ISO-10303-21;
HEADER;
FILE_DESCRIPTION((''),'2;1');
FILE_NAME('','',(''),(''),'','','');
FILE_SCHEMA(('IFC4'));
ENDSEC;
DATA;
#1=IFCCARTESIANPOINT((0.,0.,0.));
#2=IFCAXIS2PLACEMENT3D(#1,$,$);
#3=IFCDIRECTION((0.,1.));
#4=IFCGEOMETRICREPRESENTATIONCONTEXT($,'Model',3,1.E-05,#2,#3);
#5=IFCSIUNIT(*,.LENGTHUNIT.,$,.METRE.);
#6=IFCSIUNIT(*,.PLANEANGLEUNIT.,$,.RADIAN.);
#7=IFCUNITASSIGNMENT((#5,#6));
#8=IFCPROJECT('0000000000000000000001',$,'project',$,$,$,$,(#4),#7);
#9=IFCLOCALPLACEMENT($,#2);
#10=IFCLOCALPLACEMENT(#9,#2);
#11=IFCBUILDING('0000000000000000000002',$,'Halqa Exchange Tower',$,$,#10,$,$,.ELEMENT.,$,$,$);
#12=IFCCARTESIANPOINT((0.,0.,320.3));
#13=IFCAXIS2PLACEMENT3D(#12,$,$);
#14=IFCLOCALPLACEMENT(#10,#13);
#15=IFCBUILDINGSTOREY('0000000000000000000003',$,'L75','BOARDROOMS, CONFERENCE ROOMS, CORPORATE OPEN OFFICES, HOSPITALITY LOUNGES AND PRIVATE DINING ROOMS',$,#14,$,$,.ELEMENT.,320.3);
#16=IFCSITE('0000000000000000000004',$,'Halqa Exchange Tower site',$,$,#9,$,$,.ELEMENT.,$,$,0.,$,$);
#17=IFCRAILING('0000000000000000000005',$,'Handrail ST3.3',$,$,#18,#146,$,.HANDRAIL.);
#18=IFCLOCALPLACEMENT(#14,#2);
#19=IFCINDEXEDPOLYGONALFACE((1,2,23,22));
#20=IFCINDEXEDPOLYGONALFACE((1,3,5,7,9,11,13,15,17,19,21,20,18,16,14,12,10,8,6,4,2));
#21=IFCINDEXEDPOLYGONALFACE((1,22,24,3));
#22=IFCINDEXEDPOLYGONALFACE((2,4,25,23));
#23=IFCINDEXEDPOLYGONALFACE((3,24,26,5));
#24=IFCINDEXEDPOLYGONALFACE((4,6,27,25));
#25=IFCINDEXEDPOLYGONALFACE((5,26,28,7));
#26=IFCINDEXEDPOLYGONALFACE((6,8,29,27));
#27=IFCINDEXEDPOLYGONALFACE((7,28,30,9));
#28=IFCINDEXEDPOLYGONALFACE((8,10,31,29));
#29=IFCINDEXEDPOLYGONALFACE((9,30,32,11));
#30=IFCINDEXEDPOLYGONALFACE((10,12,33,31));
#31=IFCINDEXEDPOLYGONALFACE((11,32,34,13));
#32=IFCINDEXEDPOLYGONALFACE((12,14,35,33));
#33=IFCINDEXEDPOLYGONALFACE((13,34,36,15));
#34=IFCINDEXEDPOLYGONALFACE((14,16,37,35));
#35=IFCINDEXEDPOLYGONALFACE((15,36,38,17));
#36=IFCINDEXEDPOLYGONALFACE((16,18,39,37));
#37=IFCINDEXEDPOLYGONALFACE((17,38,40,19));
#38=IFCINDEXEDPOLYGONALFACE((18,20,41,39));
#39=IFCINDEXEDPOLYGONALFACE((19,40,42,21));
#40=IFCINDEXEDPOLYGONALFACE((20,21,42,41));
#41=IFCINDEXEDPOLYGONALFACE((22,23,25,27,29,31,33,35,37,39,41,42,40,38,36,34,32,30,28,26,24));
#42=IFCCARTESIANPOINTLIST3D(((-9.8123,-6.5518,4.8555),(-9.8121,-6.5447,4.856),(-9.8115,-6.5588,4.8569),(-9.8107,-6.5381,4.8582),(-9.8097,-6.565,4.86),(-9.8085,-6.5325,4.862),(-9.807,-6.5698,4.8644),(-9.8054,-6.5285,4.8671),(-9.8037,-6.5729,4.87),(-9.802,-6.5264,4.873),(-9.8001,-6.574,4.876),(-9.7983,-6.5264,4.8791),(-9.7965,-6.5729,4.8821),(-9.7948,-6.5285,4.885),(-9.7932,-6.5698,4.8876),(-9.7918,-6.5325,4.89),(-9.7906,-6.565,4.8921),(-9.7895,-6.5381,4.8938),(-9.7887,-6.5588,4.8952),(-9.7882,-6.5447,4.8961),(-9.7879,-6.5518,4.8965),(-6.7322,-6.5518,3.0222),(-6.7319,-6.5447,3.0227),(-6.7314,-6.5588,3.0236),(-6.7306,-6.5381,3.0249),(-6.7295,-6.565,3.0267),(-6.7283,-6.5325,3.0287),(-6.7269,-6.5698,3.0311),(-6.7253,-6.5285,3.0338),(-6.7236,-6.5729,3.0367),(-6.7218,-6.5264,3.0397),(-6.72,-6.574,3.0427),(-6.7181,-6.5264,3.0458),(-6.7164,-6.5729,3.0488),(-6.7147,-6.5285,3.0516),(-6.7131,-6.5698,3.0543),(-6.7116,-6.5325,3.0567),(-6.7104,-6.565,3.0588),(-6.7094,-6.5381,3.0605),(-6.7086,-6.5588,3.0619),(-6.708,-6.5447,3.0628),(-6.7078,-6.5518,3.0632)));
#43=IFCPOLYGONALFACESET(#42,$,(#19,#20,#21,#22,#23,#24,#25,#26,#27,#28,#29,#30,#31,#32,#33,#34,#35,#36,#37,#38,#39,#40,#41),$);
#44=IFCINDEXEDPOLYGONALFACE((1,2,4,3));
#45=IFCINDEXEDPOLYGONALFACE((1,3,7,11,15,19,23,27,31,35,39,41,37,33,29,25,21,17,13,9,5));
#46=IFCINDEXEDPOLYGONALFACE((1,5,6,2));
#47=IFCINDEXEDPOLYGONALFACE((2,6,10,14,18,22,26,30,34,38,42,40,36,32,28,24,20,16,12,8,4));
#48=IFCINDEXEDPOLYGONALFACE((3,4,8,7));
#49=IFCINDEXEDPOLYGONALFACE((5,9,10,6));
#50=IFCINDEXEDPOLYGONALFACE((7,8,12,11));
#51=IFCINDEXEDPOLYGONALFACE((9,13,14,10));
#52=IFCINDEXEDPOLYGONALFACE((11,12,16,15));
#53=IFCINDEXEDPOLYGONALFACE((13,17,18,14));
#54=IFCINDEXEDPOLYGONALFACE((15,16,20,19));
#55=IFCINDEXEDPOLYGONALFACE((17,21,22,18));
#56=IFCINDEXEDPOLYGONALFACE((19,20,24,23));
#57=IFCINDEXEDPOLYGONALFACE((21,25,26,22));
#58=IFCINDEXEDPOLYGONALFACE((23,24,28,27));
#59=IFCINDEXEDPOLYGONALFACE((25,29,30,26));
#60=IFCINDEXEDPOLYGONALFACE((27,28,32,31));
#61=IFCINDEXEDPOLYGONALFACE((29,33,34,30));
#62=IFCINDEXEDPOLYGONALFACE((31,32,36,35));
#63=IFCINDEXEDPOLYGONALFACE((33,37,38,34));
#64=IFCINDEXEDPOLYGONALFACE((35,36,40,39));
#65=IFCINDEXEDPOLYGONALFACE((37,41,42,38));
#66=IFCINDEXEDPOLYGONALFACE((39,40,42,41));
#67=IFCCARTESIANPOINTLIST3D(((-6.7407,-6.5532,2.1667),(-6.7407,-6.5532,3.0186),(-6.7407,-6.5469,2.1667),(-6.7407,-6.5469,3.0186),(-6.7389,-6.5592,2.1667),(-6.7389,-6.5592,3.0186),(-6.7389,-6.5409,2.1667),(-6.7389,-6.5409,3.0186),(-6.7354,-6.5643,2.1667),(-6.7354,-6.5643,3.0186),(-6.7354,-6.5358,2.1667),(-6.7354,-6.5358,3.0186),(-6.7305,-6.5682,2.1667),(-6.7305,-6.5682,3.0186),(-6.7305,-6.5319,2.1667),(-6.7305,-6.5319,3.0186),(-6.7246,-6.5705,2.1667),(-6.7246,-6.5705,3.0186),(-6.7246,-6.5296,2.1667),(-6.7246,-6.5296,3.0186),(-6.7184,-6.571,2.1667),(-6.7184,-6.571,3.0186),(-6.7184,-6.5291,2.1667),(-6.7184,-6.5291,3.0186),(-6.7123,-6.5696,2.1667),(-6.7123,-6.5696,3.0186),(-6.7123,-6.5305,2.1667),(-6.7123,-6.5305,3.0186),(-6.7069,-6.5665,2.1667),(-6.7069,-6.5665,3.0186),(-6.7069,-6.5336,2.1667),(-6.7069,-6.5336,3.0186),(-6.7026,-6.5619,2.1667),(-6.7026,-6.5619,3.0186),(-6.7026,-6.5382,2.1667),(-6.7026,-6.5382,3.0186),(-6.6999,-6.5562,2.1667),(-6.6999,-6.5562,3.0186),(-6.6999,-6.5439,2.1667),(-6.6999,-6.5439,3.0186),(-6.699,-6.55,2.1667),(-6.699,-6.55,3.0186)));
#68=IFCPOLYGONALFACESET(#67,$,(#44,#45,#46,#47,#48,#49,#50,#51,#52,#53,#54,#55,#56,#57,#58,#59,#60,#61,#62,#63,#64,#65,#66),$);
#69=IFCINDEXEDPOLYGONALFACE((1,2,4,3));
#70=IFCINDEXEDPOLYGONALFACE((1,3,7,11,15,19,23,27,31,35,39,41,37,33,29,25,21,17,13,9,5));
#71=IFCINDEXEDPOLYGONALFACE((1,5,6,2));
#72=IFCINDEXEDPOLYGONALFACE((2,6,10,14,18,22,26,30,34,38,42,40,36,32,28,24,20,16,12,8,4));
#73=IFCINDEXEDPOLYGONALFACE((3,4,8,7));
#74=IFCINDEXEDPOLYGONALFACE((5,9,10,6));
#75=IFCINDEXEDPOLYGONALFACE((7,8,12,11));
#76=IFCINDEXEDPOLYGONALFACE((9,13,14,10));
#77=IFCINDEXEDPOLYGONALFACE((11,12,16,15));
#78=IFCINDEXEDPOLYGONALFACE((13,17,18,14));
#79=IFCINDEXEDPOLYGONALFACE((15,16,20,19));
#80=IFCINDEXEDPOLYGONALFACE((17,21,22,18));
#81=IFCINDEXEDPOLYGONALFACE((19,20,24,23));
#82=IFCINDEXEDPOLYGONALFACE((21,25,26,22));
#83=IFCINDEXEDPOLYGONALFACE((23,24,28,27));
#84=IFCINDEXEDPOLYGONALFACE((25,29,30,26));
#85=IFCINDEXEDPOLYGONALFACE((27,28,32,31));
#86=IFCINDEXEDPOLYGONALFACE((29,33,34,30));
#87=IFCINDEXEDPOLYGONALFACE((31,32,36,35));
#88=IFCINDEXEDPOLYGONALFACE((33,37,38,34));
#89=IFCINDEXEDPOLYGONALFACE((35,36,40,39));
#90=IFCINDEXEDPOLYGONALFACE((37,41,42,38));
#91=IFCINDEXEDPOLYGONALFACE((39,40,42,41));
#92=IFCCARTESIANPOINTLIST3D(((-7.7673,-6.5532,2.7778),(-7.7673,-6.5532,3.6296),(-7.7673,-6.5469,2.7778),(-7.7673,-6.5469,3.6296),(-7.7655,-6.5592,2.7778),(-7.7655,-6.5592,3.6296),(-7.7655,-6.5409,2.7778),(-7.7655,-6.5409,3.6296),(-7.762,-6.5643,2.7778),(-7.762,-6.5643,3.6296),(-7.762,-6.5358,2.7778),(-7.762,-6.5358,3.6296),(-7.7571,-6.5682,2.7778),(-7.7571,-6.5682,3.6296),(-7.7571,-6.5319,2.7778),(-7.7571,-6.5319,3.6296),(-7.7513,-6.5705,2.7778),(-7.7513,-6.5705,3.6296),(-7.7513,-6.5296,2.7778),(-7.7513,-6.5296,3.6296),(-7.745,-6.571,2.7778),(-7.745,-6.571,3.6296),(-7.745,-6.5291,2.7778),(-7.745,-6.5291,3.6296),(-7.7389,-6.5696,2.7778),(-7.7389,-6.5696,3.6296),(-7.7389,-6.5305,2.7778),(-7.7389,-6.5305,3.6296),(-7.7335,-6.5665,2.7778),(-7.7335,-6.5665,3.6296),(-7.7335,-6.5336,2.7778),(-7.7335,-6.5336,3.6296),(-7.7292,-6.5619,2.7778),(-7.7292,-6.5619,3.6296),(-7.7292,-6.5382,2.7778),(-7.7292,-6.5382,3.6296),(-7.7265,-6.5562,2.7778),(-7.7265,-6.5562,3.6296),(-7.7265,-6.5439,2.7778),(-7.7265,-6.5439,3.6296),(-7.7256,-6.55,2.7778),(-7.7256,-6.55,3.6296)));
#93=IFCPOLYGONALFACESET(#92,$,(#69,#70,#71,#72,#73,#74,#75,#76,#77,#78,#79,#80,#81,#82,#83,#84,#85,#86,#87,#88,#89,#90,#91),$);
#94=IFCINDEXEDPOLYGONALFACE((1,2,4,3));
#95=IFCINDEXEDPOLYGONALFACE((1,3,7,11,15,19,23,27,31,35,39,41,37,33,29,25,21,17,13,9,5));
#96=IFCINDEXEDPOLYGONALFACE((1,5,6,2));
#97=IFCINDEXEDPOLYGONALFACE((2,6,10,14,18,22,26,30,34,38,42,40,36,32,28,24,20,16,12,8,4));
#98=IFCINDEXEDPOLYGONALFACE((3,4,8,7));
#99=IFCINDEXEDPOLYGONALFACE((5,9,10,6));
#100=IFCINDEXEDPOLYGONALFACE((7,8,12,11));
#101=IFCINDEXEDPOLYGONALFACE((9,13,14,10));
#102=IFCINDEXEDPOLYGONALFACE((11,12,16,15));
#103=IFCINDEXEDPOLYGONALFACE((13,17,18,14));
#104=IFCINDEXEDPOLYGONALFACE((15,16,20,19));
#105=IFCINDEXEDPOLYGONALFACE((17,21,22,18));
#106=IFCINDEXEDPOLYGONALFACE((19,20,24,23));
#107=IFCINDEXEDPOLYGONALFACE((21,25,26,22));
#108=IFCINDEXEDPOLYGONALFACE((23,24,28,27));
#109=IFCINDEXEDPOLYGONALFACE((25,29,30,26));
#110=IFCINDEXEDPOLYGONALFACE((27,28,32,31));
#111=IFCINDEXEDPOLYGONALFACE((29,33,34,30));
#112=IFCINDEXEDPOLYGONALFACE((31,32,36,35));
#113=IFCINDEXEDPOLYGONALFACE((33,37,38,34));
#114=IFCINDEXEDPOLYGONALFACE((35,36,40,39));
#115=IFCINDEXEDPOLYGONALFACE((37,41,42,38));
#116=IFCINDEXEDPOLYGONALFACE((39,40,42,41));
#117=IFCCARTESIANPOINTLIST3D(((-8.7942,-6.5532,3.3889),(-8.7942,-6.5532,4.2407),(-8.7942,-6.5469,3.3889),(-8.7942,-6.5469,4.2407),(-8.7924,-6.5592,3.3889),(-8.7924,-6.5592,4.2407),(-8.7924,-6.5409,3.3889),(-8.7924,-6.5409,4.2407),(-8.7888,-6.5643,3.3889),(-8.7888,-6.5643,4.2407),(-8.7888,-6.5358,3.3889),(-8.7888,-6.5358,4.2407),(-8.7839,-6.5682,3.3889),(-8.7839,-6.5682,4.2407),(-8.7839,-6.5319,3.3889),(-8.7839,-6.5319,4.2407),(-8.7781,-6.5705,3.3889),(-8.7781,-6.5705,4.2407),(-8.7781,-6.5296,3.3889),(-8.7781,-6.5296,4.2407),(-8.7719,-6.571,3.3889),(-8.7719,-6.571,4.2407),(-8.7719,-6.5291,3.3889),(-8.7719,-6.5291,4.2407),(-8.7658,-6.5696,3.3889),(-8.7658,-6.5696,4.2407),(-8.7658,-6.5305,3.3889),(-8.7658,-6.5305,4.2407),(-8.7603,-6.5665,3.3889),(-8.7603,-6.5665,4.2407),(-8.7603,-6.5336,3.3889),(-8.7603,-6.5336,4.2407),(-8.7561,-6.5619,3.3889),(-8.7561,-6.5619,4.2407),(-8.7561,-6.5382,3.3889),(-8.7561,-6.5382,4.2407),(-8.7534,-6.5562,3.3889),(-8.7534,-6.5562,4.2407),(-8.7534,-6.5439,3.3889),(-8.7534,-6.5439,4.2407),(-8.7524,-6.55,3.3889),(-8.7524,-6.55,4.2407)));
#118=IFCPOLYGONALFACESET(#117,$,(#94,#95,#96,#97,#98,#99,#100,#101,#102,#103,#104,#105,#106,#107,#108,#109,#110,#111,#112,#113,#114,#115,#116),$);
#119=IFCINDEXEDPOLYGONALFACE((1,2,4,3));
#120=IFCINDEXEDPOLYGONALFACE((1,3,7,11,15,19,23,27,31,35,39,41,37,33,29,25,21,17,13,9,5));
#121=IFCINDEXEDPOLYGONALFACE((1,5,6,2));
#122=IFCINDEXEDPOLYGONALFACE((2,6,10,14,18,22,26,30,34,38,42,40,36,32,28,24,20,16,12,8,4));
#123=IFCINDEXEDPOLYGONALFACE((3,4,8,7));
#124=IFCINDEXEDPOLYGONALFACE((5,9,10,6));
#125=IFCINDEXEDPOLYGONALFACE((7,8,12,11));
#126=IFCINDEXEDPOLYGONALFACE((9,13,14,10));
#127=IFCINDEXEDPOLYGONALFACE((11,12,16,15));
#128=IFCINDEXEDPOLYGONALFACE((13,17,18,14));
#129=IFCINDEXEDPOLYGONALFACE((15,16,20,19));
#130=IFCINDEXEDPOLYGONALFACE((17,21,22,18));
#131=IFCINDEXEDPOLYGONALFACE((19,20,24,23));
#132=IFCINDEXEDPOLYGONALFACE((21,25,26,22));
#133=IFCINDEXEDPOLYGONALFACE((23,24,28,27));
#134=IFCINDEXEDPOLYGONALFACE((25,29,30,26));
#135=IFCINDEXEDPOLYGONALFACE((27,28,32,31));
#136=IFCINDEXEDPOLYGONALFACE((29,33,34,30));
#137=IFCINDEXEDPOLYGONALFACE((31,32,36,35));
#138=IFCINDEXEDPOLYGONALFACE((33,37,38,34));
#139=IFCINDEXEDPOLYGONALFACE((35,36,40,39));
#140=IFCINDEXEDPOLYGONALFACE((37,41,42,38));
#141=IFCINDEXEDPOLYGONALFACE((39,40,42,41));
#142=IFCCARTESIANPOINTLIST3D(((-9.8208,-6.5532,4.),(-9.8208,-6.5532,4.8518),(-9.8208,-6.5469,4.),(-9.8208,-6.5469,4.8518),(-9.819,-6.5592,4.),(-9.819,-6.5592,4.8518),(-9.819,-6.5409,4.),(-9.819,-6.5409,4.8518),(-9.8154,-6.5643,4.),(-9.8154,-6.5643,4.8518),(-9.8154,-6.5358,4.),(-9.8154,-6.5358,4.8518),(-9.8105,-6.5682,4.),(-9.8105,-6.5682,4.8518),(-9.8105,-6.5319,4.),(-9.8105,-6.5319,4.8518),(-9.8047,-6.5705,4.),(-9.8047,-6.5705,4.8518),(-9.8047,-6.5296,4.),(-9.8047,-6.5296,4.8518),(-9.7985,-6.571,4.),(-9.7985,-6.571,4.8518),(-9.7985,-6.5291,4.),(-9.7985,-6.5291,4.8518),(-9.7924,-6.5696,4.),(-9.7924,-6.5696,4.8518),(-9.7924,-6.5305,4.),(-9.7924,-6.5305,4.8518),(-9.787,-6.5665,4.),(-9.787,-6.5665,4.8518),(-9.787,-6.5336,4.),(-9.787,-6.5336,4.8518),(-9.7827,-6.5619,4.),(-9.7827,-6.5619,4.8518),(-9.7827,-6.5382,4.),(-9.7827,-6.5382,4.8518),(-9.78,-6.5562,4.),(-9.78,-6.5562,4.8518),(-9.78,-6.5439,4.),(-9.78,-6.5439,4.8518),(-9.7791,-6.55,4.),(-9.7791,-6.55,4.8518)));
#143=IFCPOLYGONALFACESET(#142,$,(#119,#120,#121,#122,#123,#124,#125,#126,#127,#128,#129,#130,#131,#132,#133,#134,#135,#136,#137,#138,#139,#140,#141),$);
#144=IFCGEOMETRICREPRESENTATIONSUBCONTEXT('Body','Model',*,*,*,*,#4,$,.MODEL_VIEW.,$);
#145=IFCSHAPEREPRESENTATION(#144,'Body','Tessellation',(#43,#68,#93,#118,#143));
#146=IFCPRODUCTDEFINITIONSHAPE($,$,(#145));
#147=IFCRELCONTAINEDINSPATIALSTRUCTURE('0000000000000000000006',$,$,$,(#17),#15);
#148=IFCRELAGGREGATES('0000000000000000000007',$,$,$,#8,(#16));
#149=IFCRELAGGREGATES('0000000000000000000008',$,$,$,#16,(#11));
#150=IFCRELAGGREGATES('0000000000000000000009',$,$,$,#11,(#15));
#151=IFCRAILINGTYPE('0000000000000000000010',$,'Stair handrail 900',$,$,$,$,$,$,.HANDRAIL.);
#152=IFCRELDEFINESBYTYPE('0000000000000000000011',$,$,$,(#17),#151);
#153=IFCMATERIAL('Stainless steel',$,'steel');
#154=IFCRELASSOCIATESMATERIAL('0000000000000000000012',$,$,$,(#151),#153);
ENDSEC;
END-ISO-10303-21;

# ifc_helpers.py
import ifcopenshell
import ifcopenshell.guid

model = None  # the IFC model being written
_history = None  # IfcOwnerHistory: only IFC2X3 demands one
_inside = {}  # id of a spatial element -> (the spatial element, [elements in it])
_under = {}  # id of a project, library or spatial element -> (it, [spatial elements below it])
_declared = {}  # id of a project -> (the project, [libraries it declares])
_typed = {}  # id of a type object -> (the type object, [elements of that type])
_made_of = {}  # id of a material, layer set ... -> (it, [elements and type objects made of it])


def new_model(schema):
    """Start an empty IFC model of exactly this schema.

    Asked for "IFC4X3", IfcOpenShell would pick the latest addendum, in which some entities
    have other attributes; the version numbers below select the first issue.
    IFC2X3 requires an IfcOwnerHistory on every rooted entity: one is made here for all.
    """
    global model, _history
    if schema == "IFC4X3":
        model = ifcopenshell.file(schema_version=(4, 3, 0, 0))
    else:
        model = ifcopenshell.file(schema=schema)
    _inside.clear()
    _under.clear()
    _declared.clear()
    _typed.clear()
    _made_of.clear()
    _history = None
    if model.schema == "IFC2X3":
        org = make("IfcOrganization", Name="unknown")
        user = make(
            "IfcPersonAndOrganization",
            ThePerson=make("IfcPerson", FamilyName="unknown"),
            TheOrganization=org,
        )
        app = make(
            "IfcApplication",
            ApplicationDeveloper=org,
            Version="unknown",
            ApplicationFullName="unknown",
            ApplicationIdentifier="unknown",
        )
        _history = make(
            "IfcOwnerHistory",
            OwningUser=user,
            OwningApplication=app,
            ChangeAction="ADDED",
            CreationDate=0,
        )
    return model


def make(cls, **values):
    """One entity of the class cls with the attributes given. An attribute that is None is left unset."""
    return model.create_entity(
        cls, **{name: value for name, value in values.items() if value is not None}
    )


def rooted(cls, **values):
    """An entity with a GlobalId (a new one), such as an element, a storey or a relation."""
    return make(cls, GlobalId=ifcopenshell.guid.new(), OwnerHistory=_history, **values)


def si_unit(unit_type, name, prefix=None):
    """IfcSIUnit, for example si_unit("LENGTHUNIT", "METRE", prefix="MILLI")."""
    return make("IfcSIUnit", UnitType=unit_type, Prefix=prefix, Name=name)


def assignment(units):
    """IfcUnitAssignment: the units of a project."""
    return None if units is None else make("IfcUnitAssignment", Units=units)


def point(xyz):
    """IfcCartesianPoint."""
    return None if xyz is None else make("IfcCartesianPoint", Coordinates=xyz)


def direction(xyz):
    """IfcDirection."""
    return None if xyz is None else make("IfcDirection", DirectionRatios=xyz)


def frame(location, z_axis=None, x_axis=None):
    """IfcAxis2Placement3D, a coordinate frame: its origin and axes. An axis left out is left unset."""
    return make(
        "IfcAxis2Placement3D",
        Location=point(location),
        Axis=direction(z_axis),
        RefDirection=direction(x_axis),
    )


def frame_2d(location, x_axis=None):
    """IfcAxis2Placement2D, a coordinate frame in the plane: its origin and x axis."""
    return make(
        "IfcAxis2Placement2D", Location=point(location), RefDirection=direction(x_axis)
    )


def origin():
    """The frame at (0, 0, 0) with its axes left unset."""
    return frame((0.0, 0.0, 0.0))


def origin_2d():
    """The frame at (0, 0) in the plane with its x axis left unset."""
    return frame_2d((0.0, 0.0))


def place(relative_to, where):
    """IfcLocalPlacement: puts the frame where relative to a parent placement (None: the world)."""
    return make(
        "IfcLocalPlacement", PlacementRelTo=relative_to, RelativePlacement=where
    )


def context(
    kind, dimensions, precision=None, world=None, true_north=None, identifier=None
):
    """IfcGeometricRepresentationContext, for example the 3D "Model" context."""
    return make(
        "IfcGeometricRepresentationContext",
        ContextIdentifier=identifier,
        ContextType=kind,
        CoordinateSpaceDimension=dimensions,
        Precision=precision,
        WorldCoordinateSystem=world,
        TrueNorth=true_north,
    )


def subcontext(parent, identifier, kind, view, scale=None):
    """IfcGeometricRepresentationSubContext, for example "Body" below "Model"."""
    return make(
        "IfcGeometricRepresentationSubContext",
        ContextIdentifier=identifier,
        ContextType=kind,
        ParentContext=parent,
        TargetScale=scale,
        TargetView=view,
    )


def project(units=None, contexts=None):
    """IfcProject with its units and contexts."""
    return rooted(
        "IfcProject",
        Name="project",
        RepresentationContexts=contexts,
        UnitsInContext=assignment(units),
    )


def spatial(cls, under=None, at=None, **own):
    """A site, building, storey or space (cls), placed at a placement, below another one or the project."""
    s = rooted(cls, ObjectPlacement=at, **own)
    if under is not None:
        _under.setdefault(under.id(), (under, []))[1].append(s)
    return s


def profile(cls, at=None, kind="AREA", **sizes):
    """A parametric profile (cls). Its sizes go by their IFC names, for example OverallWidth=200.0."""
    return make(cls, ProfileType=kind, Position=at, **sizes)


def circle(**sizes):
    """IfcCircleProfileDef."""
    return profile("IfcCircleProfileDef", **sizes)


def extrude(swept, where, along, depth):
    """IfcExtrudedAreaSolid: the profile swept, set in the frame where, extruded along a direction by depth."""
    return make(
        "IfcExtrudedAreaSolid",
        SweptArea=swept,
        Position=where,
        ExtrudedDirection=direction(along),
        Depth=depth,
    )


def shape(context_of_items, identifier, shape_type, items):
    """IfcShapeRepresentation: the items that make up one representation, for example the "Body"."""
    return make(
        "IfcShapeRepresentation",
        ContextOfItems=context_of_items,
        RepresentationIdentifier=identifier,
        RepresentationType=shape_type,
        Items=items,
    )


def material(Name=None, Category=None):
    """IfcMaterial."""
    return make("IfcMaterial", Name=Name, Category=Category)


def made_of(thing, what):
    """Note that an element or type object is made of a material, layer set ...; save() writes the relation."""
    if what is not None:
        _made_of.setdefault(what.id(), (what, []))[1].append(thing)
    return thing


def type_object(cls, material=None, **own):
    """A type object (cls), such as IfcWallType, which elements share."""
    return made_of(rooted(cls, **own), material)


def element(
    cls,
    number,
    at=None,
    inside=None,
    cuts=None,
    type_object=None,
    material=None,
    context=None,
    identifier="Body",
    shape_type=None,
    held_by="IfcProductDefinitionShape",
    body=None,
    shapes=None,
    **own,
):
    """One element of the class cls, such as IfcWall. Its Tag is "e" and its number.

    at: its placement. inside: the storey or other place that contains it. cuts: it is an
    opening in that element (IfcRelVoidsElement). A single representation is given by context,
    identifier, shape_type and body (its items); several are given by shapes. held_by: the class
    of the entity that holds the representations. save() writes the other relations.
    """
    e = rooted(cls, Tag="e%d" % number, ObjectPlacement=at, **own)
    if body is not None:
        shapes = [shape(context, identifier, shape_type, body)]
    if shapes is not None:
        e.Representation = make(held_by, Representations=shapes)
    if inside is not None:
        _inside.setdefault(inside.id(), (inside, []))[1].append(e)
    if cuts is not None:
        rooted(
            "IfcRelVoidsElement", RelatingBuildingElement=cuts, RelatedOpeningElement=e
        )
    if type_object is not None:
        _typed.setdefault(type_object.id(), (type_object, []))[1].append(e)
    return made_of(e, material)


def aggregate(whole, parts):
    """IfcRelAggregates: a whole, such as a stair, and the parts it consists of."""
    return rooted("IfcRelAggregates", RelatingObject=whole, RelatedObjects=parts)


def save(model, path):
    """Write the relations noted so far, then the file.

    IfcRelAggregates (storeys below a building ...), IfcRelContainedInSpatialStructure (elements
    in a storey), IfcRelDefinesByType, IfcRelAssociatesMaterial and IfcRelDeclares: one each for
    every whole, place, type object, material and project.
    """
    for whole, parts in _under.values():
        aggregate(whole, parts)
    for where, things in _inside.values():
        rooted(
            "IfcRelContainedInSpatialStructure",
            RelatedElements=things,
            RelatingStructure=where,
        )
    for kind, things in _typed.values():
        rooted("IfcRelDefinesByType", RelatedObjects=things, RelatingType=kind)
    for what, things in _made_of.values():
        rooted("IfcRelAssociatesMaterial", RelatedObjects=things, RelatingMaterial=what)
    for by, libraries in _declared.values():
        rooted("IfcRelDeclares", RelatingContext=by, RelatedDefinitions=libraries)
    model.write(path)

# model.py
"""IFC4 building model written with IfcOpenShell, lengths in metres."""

from ifc_helpers import new_model, si_unit, direction, frame, origin, origin_2d, place, context, subcontext, project, spatial, circle, extrude, material, type_object, element, save


model = new_model("IFC4")

# Units and contexts
model_context = context("Model", 3, precision=1e-05, world=origin(), true_north=direction((0.0, 1.0)))
body_context = subcontext(model_context, "Body", "Model", "MODEL_VIEW")
ifc_project = project(units=[si_unit("LENGTHUNIT", "METRE"), si_unit("PLANEANGLEUNIT", "RADIAN")], contexts=[model_context])

# Site, building, storey
site_placement = place(None, origin())
site = spatial("IfcSite", under=ifc_project, at=site_placement, Name="Halqa Exchange Tower site", CompositionType="ELEMENT", RefElevation=0.0)
building_placement = place(site_placement, origin())
building = spatial("IfcBuilding", under=site, at=building_placement, Name="Halqa Exchange Tower", CompositionType="ELEMENT")
storey_placement = place(building_placement, frame((0.0, 0.0, 320.3)))
storey = spatial("IfcBuildingStorey", under=building, at=storey_placement, Name="L75", Description="BOARDROOMS, CONFERENCE ROOMS, CORPORATE OPEN OFFICES, HOSPITALITY LOUNGES AND PRIVATE DINING ROOMS", CompositionType="ELEMENT", Elevation=320.3)

# Shared definitions
ifc_material_1 = material(Name="Stainless steel", Category="steel")

# Railing
railing_type_1 = type_object("IfcRailingType", Name="Stair handrail 900", PredefinedType="HANDRAIL", material=ifc_material_1)
railing_1_placement = place(storey_placement, frame((-6.72, -6.55, 2.1667)))
element("IfcRailing", 1, at=railing_1_placement, inside=storey, type_object=railing_type_1, Name="Handrail ST3.3", PredefinedType="HANDRAIL", context=body_context, shape_type="SweptSolid", body=[
    extrude(circle(Radius=0.0239, at=origin_2d()), frame((0.0, 0.0, 0.876), z_axis=(-0.859309, 0.0, 0.511458), x_axis=(0.0, -1.0, 0.0)), (0.0, 0.0, 1.0), 3.5845),
    extrude(circle(Radius=0.021, at=origin_2d()), origin(), (0.0, 0.0, 1.0), 0.8518),
    extrude(circle(Radius=0.021, at=origin_2d()), frame((-1.0266, 0.0, 0.6111)), (0.0, 0.0, 1.0), 0.8518),
    extrude(circle(Radius=0.021, at=origin_2d()), frame((-2.0535, 0.0, 1.2222)), (0.0, 0.0, 1.0), 0.8518),
    extrude(circle(Radius=0.021, at=origin_2d()), frame((-3.0801, 0.0, 1.8333)), (0.0, 0.0, 1.0), 0.8518),
])

save(model, "model.ifc")
